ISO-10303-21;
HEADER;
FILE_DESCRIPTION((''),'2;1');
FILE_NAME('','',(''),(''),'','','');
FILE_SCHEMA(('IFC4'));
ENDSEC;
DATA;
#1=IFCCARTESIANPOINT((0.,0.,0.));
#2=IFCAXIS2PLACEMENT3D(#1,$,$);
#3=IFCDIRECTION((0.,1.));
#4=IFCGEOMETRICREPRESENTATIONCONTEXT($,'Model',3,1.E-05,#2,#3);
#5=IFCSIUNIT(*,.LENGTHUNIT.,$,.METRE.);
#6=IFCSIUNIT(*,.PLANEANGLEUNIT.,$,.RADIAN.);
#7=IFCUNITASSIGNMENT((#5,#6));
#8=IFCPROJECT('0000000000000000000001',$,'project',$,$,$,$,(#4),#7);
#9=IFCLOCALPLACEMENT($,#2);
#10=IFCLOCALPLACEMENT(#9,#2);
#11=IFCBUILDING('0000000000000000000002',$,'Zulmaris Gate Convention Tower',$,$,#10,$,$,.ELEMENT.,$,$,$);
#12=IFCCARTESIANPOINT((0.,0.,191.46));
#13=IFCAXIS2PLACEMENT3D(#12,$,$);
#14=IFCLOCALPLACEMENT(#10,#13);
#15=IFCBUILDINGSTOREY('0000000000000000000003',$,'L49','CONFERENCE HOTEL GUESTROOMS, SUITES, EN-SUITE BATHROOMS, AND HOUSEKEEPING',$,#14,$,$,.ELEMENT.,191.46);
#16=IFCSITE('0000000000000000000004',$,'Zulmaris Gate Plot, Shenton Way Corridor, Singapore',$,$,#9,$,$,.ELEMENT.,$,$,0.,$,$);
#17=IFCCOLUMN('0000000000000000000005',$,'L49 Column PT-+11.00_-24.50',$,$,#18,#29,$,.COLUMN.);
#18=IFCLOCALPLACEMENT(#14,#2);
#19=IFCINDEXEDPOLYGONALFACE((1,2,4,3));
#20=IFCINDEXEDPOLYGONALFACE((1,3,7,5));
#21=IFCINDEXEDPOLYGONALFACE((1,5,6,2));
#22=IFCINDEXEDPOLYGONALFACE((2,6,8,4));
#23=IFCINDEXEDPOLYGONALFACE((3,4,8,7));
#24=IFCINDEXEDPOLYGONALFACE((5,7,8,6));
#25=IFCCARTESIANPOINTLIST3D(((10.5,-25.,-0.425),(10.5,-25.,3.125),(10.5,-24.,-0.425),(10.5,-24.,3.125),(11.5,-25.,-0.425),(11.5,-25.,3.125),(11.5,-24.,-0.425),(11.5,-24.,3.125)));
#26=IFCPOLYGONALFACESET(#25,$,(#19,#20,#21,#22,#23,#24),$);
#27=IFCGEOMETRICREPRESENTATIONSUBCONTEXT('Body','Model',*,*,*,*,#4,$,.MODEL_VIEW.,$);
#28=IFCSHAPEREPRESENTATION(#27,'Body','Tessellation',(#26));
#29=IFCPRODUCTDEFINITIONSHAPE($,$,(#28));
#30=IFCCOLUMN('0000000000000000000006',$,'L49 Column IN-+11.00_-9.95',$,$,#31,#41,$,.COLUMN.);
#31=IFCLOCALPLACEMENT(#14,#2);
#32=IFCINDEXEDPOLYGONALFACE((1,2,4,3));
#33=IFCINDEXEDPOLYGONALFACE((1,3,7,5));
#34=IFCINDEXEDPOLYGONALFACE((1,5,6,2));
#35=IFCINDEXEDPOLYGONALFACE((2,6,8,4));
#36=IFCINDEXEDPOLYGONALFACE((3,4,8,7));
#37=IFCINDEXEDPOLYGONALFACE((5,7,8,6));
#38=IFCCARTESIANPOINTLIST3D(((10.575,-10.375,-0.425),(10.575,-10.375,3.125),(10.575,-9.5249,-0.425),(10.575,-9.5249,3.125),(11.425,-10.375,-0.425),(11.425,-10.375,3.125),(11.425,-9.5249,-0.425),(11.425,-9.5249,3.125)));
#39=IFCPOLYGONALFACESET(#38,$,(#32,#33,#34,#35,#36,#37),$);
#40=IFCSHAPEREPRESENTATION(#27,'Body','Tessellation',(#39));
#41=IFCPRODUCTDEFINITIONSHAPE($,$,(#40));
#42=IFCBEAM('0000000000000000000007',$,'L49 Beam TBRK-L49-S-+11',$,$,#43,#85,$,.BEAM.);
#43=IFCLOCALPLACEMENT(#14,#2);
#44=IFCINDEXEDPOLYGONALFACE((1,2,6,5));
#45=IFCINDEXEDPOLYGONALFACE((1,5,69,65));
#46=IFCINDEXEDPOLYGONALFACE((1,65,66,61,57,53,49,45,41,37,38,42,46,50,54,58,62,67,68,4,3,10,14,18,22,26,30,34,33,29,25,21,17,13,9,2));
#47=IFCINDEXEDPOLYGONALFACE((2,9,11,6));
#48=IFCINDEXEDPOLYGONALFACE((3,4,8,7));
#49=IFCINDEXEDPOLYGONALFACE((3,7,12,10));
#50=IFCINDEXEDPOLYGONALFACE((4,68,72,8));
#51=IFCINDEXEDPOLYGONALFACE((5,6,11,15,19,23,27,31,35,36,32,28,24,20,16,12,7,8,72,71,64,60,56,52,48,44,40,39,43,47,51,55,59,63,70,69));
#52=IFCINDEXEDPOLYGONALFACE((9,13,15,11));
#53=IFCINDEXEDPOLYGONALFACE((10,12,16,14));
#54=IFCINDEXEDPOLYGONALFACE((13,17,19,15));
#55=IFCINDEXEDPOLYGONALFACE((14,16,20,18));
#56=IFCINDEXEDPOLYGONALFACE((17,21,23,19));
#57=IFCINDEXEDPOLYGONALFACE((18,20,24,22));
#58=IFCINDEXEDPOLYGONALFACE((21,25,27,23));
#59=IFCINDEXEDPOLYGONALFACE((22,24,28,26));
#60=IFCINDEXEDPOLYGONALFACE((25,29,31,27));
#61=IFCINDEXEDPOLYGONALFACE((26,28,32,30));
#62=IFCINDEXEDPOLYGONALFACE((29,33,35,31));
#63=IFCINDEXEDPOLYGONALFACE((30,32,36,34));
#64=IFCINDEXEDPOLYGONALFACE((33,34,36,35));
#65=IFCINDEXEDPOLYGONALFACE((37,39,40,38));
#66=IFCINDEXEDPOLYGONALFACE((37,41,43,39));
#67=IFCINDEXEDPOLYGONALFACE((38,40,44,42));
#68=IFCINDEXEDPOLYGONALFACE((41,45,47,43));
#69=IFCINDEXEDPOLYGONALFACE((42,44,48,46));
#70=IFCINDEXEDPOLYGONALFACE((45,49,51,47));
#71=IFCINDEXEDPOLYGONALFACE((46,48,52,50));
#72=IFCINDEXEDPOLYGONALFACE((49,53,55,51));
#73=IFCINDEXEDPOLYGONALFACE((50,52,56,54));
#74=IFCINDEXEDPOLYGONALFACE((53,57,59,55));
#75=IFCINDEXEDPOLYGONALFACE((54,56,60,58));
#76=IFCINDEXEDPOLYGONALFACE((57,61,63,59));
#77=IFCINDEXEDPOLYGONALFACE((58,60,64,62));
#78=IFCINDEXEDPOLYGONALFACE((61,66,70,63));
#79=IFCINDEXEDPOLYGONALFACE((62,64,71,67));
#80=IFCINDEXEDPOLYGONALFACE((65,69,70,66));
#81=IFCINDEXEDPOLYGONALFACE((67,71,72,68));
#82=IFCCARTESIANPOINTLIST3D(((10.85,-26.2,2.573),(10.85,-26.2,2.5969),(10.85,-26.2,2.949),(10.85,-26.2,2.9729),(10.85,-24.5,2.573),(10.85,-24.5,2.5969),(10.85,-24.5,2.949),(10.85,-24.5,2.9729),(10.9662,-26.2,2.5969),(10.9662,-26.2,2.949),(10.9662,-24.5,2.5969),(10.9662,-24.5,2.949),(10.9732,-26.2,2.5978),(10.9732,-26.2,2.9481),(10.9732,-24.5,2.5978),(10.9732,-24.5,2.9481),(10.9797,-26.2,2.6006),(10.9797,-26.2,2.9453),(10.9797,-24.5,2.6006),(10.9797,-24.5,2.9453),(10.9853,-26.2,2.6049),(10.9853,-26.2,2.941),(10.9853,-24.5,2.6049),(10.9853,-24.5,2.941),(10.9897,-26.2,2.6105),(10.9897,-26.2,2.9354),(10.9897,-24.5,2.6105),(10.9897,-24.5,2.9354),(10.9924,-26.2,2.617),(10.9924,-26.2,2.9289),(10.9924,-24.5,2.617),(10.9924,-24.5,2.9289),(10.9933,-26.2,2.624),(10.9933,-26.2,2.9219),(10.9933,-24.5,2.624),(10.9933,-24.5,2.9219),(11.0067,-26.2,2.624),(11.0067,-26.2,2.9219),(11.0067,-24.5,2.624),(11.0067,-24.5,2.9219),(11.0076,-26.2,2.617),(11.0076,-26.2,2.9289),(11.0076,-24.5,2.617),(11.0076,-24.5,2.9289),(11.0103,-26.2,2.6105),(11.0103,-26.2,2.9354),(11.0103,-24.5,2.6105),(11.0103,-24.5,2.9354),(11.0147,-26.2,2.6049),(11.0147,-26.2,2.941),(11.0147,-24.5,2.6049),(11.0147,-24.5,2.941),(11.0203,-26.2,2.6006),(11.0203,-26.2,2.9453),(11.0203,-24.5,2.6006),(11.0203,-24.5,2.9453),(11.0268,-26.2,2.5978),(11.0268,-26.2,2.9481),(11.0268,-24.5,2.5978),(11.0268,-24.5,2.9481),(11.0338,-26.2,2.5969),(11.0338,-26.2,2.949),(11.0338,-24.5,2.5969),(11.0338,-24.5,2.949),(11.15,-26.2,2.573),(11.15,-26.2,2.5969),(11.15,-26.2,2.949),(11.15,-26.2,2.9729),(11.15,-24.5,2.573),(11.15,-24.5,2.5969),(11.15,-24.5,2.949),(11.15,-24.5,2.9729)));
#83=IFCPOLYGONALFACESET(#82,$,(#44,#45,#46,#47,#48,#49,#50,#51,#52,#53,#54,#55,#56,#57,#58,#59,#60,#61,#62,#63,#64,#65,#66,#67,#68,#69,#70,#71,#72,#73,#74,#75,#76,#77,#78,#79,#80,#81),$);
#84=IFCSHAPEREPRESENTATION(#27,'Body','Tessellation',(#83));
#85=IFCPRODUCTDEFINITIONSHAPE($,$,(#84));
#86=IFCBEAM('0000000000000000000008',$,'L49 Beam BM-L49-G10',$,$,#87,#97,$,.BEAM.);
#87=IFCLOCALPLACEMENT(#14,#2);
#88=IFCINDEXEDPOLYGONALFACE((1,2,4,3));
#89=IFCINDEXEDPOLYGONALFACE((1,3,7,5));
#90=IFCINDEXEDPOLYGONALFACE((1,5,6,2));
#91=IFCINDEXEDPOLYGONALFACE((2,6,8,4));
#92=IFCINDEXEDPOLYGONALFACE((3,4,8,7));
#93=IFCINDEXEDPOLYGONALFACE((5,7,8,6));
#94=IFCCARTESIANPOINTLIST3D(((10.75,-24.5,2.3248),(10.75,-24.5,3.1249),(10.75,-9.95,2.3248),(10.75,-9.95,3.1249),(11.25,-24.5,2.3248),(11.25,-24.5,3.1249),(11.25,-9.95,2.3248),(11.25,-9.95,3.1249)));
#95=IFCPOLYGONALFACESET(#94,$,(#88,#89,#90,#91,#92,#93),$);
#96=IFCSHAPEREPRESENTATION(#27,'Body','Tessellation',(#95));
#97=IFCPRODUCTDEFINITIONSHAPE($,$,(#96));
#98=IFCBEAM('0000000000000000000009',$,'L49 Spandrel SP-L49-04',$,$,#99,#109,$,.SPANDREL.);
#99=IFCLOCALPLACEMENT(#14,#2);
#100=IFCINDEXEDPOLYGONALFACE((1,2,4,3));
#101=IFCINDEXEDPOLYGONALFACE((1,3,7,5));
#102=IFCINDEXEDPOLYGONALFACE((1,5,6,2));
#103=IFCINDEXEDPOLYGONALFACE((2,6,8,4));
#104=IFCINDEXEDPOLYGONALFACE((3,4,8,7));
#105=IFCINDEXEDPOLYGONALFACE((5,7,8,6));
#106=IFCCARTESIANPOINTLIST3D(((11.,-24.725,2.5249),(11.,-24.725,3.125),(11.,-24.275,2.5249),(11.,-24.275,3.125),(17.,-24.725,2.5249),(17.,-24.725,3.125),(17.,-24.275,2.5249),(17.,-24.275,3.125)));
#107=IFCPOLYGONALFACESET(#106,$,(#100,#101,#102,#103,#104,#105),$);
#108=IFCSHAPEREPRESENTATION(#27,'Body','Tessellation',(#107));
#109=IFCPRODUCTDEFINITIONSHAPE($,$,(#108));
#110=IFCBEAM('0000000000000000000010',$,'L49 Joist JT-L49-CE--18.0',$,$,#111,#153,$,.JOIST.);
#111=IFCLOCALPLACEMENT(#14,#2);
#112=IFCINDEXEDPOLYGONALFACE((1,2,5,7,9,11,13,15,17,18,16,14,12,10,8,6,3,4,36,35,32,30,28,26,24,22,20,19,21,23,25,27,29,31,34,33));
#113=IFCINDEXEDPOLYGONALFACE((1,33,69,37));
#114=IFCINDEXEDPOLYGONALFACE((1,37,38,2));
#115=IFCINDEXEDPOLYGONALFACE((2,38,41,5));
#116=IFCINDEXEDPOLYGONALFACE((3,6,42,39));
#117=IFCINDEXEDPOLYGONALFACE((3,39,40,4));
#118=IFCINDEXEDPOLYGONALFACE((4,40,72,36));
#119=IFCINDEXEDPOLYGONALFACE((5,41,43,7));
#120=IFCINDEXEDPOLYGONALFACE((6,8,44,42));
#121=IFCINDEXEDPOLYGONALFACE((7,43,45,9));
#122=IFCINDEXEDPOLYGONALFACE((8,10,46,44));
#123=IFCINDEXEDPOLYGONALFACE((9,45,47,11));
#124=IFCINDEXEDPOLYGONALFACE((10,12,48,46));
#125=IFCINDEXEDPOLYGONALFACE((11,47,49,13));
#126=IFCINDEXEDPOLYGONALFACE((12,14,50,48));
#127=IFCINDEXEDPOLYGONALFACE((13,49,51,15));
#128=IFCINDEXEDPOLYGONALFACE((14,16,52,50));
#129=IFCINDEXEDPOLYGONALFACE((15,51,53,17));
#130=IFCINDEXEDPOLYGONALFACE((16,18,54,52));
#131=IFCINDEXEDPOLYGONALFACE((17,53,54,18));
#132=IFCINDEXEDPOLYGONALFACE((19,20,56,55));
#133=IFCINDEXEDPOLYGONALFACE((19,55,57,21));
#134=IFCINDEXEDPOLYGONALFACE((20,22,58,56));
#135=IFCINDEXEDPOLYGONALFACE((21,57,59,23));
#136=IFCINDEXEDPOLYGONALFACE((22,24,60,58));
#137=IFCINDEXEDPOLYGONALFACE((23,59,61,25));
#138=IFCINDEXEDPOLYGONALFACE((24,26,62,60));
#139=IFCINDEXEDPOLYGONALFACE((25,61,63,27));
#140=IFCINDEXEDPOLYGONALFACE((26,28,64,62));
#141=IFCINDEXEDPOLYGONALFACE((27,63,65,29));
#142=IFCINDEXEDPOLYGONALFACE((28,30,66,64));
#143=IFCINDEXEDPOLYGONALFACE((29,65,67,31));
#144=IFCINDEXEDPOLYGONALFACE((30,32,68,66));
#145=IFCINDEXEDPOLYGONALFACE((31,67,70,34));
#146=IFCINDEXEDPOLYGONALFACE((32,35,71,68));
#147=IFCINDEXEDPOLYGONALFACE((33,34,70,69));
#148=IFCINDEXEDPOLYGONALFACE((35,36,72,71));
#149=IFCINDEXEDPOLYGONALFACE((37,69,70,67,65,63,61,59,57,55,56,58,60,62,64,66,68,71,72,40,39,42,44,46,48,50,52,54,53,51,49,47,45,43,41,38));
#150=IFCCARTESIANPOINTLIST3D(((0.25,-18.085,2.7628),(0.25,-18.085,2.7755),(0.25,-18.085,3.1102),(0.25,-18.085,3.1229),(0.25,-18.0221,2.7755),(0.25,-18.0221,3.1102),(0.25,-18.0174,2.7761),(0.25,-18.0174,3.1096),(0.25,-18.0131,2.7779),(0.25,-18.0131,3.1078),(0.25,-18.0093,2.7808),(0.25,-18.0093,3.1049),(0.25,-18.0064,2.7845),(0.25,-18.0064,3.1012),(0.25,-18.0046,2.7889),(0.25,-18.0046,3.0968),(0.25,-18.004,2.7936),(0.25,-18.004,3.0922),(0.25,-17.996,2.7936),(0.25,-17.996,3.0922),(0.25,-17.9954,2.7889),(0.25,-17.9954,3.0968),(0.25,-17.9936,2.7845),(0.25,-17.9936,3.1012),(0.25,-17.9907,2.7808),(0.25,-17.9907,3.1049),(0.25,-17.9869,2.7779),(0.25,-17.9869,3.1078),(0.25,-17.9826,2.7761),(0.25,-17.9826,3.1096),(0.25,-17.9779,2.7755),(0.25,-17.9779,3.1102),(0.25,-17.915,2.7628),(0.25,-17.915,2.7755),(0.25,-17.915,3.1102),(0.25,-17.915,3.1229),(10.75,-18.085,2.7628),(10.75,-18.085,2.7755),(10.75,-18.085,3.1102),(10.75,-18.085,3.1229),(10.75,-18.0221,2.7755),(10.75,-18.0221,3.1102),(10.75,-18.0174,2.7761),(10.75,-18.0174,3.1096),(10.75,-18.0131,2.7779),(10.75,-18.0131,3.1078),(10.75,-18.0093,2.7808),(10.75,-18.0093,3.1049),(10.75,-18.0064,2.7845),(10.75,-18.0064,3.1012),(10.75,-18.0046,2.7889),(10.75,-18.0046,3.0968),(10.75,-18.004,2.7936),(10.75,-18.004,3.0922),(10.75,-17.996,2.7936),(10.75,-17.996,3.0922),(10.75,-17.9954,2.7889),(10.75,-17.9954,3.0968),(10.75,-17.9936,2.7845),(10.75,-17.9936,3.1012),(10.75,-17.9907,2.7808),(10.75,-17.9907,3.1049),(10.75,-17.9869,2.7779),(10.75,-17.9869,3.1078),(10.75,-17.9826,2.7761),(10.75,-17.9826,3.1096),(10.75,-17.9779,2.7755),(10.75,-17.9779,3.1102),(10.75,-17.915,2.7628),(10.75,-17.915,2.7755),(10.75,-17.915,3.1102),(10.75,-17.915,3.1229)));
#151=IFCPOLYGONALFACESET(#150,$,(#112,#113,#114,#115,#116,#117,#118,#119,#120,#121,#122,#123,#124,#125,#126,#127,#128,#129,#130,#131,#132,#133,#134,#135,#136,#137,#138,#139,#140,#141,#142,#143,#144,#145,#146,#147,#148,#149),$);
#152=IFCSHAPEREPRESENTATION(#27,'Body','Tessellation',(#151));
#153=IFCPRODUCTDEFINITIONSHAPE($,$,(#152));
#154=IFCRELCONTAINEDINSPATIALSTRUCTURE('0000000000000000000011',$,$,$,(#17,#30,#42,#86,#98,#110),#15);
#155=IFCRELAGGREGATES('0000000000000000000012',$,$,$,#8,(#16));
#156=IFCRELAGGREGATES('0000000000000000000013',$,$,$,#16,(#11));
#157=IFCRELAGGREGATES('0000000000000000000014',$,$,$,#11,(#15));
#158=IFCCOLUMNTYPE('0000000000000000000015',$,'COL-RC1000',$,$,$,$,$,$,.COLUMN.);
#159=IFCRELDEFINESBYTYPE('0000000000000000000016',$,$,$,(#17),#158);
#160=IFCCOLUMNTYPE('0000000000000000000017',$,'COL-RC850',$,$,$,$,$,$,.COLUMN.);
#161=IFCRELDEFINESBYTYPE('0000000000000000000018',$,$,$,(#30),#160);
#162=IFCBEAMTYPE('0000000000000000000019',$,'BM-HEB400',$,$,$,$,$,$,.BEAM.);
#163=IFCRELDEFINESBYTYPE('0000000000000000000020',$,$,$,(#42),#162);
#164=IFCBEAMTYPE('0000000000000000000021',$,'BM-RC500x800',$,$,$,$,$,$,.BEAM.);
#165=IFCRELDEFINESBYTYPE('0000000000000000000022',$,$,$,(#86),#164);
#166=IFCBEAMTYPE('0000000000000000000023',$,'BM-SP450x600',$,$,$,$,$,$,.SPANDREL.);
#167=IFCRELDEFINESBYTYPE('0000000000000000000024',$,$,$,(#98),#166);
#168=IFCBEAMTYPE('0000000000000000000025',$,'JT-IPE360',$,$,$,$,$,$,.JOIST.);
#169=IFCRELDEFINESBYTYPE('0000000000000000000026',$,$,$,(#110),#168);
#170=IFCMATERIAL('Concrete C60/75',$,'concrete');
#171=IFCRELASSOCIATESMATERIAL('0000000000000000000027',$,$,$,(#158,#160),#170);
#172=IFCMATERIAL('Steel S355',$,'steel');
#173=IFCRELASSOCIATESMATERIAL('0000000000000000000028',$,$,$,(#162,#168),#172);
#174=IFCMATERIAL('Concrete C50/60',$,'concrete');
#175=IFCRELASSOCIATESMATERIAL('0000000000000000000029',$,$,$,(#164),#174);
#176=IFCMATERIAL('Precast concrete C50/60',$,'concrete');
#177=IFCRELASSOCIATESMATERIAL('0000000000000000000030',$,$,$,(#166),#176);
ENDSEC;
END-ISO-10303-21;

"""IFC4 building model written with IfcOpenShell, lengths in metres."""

from ifc_helpers import new_model, si_unit, direction, frame, origin, origin_2d, place, context, subcontext, project, spatial, rectangle, i_section, extrude, material, material_profile, profile_set, type_object, element, save


model = new_model("IFC4")

# Units and contexts
model_context = context("Model", 3, precision=1e-05, world=origin(), true_north=direction((0.0, 1.0)))
body_context = subcontext(model_context, "Body", "Model", "MODEL_VIEW")
ifc_project = project(units=[si_unit("LENGTHUNIT", "METRE"), si_unit("PLANEANGLEUNIT", "RADIAN")], contexts=[model_context])

# Site, building, storey
site_placement = place(None, origin())
site = spatial("IfcSite", under=ifc_project, at=site_placement, Name="Zulmaris Gate Plot, Shenton Way Corridor, Singapore", CompositionType="ELEMENT", RefElevation=0.0)
building_placement = place(site_placement, origin())
building = spatial("IfcBuilding", under=site, at=building_placement, Name="Zulmaris Gate Convention Tower", CompositionType="ELEMENT")
storey_placement = place(building_placement, frame((0.0, 0.0, 191.46)))
storey = spatial("IfcBuildingStorey", under=building, at=storey_placement, Name="L49", Description="CONFERENCE HOTEL GUESTROOMS, SUITES, EN-SUITE BATHROOMS, AND HOUSEKEEPING", CompositionType="ELEMENT", Elevation=191.46)

# Columns
ifc_material_1 = material(Name="Concrete C60/75", Category="concrete")
ifc_material_profile_1 = material_profile(ifc_material_1, rectangle(XDim=1.0, YDim=1.0, at=origin_2d()), Name="RC COL 1000x1000")
ifc_profile_set_1 = profile_set([ifc_material_profile_1], Name="Concrete C60/75")
column_type_1 = type_object("IfcColumnType", Name="COL-RC1000", PredefinedType="COLUMN", material=ifc_profile_set_1)
column_1_placement = place(storey_placement, frame((11.0, -24.5, -0.425), z_axis=(0.0, 0.0, 1.0), x_axis=(1.0, 0.0, 0.0)))
element("IfcColumn", 1, at=column_1_placement, inside=storey, type_object=column_type_1, Name="L49 Column PT-+11.00_-24.50", PredefinedType="COLUMN", context=body_context, shape_type="SweptSolid", body=[
    extrude(rectangle(XDim=1.0, YDim=1.0, at=origin_2d()), origin(), (0.0, 0.0, 1.0), 3.55),
])
ifc_material_profile_2 = material_profile(ifc_material_1, rectangle(XDim=0.8501, YDim=0.8501, at=origin_2d()), Name="RC COL 850x850")
ifc_profile_set_2 = profile_set([ifc_material_profile_2], Name="Concrete C60/75")
column_type_2 = type_object("IfcColumnType", Name="COL-RC850", PredefinedType="COLUMN", material=ifc_profile_set_2)
column_2_placement = place(storey_placement, frame((11.0, -9.95, -0.425), z_axis=(0.0, 0.0, 1.0), x_axis=(1.0, 0.0, 0.0)))
element("IfcColumn", 2, at=column_2_placement, inside=storey, type_object=column_type_2, Name="L49 Column IN-+11.00_-9.95", PredefinedType="COLUMN", context=body_context, shape_type="SweptSolid", body=[
    extrude(rectangle(XDim=0.8501, YDim=0.8501, at=origin_2d()), origin(), (0.0, 0.0, 1.0), 3.55),
])

# Beams
ifc_material_2 = material(Name="Steel S355", Category="steel")
ifc_material_profile_3 = material_profile(ifc_material_2, i_section(OverallWidth=0.3, OverallDepth=0.3999, WebThickness=0.0134, FlangeThickness=0.0239, FilletRadius=0.0271, at=origin_2d()), Name="HEB 400")
ifc_profile_set_3 = profile_set([ifc_material_profile_3], Name="Steel S355")
beam_type_1 = type_object("IfcBeamType", Name="BM-HEB400", PredefinedType="BEAM", material=ifc_profile_set_3)
beam_1_placement = place(storey_placement, frame((11.0, -26.2, 2.7729), z_axis=(0.0, 1.0, 0.0), x_axis=(-1.0, 0.0, 0.0)))
element("IfcBeam", 3, at=beam_1_placement, inside=storey, type_object=beam_type_1, Name="L49 Beam TBRK-L49-S-+11", PredefinedType="BEAM", context=body_context, shape_type="SweptSolid", body=[
    extrude(i_section(OverallWidth=0.3, OverallDepth=0.3999, WebThickness=0.0134, FlangeThickness=0.0239, FilletRadius=0.0271, at=origin_2d()), origin(), (0.0, 0.0, 1.0), 1.7),
])
ifc_material_3 = material(Name="Concrete C50/60", Category="concrete")
ifc_material_profile_4 = material_profile(ifc_material_3, rectangle(XDim=0.5, YDim=0.8, at=origin_2d()), Name="RC BEAM 500x800")
ifc_profile_set_4 = profile_set([ifc_material_profile_4], Name="Concrete C50/60")
beam_type_2 = type_object("IfcBeamType", Name="BM-RC500x800", PredefinedType="BEAM", material=ifc_profile_set_4)
beam_2_placement = place(storey_placement, frame((11.0, -24.5, 2.7249), z_axis=(0.0, 1.0, 0.0), x_axis=(-1.0, 0.0, 0.0)))
element("IfcBeam", 4, at=beam_2_placement, inside=storey, type_object=beam_type_2, Name="L49 Beam BM-L49-G10", PredefinedType="BEAM", context=body_context, shape_type="SweptSolid", body=[
    extrude(rectangle(XDim=0.5, YDim=0.8, at=origin_2d()), origin(), (0.0, 0.0, 1.0), 14.55),
])
ifc_material_4 = material(Name="Precast concrete C50/60", Category="concrete")
ifc_material_profile_5 = material_profile(ifc_material_4, rectangle(XDim=0.45, YDim=0.6001, at=origin_2d()), Name="RC SPANDREL 450x600")
ifc_profile_set_5 = profile_set([ifc_material_profile_5], Name="Precast concrete C50/60")
beam_type_3 = type_object("IfcBeamType", Name="BM-SP450x600", PredefinedType="SPANDREL", material=ifc_profile_set_5)
beam_3_placement = place(storey_placement, frame((11.0, -24.5, 2.825), z_axis=(1.0, 0.0, 0.0), x_axis=(0.0, 1.0, 0.0)))
element("IfcBeam", 5, at=beam_3_placement, inside=storey, type_object=beam_type_3, Name="L49 Spandrel SP-L49-04", PredefinedType="SPANDREL", context=body_context, shape_type="SweptSolid", body=[
    extrude(rectangle(XDim=0.45, YDim=0.6001, at=origin_2d()), origin(), (0.0, 0.0, 1.0), 6.0),
])
ifc_material_profile_6 = material_profile(ifc_material_2, i_section(OverallWidth=0.1699, OverallDepth=0.3601, WebThickness=0.0081, FlangeThickness=0.0127, FilletRadius=0.0181, at=origin_2d()), Name="IPE 360")
ifc_profile_set_6 = profile_set([ifc_material_profile_6], Name="Steel S355")
beam_type_4 = type_object("IfcBeamType", Name="JT-IPE360", PredefinedType="JOIST", material=ifc_profile_set_6)
for number, where, z_axis, x_axis, name in (
    (6, (0.25, -18.0, 2.9429), (1.0, 0.0, 0.0), (0.0, 1.0, 0.0), "L49 Joist JT-L49-CE--18.0"),
):
    element("IfcBeam", number, at=place(storey_placement, frame(where, z_axis=z_axis, x_axis=x_axis)), inside=storey, type_object=beam_type_4, Name=name, PredefinedType="JOIST", context=body_context, shape_type="SweptSolid", body=[
        extrude(i_section(OverallWidth=0.1699, OverallDepth=0.3601, WebThickness=0.0081, FlangeThickness=0.0127, FilletRadius=0.0181, at=origin_2d()), origin(), (0.0, 0.0, 1.0), 10.5),
    ])

save(model, "model.ifc")
